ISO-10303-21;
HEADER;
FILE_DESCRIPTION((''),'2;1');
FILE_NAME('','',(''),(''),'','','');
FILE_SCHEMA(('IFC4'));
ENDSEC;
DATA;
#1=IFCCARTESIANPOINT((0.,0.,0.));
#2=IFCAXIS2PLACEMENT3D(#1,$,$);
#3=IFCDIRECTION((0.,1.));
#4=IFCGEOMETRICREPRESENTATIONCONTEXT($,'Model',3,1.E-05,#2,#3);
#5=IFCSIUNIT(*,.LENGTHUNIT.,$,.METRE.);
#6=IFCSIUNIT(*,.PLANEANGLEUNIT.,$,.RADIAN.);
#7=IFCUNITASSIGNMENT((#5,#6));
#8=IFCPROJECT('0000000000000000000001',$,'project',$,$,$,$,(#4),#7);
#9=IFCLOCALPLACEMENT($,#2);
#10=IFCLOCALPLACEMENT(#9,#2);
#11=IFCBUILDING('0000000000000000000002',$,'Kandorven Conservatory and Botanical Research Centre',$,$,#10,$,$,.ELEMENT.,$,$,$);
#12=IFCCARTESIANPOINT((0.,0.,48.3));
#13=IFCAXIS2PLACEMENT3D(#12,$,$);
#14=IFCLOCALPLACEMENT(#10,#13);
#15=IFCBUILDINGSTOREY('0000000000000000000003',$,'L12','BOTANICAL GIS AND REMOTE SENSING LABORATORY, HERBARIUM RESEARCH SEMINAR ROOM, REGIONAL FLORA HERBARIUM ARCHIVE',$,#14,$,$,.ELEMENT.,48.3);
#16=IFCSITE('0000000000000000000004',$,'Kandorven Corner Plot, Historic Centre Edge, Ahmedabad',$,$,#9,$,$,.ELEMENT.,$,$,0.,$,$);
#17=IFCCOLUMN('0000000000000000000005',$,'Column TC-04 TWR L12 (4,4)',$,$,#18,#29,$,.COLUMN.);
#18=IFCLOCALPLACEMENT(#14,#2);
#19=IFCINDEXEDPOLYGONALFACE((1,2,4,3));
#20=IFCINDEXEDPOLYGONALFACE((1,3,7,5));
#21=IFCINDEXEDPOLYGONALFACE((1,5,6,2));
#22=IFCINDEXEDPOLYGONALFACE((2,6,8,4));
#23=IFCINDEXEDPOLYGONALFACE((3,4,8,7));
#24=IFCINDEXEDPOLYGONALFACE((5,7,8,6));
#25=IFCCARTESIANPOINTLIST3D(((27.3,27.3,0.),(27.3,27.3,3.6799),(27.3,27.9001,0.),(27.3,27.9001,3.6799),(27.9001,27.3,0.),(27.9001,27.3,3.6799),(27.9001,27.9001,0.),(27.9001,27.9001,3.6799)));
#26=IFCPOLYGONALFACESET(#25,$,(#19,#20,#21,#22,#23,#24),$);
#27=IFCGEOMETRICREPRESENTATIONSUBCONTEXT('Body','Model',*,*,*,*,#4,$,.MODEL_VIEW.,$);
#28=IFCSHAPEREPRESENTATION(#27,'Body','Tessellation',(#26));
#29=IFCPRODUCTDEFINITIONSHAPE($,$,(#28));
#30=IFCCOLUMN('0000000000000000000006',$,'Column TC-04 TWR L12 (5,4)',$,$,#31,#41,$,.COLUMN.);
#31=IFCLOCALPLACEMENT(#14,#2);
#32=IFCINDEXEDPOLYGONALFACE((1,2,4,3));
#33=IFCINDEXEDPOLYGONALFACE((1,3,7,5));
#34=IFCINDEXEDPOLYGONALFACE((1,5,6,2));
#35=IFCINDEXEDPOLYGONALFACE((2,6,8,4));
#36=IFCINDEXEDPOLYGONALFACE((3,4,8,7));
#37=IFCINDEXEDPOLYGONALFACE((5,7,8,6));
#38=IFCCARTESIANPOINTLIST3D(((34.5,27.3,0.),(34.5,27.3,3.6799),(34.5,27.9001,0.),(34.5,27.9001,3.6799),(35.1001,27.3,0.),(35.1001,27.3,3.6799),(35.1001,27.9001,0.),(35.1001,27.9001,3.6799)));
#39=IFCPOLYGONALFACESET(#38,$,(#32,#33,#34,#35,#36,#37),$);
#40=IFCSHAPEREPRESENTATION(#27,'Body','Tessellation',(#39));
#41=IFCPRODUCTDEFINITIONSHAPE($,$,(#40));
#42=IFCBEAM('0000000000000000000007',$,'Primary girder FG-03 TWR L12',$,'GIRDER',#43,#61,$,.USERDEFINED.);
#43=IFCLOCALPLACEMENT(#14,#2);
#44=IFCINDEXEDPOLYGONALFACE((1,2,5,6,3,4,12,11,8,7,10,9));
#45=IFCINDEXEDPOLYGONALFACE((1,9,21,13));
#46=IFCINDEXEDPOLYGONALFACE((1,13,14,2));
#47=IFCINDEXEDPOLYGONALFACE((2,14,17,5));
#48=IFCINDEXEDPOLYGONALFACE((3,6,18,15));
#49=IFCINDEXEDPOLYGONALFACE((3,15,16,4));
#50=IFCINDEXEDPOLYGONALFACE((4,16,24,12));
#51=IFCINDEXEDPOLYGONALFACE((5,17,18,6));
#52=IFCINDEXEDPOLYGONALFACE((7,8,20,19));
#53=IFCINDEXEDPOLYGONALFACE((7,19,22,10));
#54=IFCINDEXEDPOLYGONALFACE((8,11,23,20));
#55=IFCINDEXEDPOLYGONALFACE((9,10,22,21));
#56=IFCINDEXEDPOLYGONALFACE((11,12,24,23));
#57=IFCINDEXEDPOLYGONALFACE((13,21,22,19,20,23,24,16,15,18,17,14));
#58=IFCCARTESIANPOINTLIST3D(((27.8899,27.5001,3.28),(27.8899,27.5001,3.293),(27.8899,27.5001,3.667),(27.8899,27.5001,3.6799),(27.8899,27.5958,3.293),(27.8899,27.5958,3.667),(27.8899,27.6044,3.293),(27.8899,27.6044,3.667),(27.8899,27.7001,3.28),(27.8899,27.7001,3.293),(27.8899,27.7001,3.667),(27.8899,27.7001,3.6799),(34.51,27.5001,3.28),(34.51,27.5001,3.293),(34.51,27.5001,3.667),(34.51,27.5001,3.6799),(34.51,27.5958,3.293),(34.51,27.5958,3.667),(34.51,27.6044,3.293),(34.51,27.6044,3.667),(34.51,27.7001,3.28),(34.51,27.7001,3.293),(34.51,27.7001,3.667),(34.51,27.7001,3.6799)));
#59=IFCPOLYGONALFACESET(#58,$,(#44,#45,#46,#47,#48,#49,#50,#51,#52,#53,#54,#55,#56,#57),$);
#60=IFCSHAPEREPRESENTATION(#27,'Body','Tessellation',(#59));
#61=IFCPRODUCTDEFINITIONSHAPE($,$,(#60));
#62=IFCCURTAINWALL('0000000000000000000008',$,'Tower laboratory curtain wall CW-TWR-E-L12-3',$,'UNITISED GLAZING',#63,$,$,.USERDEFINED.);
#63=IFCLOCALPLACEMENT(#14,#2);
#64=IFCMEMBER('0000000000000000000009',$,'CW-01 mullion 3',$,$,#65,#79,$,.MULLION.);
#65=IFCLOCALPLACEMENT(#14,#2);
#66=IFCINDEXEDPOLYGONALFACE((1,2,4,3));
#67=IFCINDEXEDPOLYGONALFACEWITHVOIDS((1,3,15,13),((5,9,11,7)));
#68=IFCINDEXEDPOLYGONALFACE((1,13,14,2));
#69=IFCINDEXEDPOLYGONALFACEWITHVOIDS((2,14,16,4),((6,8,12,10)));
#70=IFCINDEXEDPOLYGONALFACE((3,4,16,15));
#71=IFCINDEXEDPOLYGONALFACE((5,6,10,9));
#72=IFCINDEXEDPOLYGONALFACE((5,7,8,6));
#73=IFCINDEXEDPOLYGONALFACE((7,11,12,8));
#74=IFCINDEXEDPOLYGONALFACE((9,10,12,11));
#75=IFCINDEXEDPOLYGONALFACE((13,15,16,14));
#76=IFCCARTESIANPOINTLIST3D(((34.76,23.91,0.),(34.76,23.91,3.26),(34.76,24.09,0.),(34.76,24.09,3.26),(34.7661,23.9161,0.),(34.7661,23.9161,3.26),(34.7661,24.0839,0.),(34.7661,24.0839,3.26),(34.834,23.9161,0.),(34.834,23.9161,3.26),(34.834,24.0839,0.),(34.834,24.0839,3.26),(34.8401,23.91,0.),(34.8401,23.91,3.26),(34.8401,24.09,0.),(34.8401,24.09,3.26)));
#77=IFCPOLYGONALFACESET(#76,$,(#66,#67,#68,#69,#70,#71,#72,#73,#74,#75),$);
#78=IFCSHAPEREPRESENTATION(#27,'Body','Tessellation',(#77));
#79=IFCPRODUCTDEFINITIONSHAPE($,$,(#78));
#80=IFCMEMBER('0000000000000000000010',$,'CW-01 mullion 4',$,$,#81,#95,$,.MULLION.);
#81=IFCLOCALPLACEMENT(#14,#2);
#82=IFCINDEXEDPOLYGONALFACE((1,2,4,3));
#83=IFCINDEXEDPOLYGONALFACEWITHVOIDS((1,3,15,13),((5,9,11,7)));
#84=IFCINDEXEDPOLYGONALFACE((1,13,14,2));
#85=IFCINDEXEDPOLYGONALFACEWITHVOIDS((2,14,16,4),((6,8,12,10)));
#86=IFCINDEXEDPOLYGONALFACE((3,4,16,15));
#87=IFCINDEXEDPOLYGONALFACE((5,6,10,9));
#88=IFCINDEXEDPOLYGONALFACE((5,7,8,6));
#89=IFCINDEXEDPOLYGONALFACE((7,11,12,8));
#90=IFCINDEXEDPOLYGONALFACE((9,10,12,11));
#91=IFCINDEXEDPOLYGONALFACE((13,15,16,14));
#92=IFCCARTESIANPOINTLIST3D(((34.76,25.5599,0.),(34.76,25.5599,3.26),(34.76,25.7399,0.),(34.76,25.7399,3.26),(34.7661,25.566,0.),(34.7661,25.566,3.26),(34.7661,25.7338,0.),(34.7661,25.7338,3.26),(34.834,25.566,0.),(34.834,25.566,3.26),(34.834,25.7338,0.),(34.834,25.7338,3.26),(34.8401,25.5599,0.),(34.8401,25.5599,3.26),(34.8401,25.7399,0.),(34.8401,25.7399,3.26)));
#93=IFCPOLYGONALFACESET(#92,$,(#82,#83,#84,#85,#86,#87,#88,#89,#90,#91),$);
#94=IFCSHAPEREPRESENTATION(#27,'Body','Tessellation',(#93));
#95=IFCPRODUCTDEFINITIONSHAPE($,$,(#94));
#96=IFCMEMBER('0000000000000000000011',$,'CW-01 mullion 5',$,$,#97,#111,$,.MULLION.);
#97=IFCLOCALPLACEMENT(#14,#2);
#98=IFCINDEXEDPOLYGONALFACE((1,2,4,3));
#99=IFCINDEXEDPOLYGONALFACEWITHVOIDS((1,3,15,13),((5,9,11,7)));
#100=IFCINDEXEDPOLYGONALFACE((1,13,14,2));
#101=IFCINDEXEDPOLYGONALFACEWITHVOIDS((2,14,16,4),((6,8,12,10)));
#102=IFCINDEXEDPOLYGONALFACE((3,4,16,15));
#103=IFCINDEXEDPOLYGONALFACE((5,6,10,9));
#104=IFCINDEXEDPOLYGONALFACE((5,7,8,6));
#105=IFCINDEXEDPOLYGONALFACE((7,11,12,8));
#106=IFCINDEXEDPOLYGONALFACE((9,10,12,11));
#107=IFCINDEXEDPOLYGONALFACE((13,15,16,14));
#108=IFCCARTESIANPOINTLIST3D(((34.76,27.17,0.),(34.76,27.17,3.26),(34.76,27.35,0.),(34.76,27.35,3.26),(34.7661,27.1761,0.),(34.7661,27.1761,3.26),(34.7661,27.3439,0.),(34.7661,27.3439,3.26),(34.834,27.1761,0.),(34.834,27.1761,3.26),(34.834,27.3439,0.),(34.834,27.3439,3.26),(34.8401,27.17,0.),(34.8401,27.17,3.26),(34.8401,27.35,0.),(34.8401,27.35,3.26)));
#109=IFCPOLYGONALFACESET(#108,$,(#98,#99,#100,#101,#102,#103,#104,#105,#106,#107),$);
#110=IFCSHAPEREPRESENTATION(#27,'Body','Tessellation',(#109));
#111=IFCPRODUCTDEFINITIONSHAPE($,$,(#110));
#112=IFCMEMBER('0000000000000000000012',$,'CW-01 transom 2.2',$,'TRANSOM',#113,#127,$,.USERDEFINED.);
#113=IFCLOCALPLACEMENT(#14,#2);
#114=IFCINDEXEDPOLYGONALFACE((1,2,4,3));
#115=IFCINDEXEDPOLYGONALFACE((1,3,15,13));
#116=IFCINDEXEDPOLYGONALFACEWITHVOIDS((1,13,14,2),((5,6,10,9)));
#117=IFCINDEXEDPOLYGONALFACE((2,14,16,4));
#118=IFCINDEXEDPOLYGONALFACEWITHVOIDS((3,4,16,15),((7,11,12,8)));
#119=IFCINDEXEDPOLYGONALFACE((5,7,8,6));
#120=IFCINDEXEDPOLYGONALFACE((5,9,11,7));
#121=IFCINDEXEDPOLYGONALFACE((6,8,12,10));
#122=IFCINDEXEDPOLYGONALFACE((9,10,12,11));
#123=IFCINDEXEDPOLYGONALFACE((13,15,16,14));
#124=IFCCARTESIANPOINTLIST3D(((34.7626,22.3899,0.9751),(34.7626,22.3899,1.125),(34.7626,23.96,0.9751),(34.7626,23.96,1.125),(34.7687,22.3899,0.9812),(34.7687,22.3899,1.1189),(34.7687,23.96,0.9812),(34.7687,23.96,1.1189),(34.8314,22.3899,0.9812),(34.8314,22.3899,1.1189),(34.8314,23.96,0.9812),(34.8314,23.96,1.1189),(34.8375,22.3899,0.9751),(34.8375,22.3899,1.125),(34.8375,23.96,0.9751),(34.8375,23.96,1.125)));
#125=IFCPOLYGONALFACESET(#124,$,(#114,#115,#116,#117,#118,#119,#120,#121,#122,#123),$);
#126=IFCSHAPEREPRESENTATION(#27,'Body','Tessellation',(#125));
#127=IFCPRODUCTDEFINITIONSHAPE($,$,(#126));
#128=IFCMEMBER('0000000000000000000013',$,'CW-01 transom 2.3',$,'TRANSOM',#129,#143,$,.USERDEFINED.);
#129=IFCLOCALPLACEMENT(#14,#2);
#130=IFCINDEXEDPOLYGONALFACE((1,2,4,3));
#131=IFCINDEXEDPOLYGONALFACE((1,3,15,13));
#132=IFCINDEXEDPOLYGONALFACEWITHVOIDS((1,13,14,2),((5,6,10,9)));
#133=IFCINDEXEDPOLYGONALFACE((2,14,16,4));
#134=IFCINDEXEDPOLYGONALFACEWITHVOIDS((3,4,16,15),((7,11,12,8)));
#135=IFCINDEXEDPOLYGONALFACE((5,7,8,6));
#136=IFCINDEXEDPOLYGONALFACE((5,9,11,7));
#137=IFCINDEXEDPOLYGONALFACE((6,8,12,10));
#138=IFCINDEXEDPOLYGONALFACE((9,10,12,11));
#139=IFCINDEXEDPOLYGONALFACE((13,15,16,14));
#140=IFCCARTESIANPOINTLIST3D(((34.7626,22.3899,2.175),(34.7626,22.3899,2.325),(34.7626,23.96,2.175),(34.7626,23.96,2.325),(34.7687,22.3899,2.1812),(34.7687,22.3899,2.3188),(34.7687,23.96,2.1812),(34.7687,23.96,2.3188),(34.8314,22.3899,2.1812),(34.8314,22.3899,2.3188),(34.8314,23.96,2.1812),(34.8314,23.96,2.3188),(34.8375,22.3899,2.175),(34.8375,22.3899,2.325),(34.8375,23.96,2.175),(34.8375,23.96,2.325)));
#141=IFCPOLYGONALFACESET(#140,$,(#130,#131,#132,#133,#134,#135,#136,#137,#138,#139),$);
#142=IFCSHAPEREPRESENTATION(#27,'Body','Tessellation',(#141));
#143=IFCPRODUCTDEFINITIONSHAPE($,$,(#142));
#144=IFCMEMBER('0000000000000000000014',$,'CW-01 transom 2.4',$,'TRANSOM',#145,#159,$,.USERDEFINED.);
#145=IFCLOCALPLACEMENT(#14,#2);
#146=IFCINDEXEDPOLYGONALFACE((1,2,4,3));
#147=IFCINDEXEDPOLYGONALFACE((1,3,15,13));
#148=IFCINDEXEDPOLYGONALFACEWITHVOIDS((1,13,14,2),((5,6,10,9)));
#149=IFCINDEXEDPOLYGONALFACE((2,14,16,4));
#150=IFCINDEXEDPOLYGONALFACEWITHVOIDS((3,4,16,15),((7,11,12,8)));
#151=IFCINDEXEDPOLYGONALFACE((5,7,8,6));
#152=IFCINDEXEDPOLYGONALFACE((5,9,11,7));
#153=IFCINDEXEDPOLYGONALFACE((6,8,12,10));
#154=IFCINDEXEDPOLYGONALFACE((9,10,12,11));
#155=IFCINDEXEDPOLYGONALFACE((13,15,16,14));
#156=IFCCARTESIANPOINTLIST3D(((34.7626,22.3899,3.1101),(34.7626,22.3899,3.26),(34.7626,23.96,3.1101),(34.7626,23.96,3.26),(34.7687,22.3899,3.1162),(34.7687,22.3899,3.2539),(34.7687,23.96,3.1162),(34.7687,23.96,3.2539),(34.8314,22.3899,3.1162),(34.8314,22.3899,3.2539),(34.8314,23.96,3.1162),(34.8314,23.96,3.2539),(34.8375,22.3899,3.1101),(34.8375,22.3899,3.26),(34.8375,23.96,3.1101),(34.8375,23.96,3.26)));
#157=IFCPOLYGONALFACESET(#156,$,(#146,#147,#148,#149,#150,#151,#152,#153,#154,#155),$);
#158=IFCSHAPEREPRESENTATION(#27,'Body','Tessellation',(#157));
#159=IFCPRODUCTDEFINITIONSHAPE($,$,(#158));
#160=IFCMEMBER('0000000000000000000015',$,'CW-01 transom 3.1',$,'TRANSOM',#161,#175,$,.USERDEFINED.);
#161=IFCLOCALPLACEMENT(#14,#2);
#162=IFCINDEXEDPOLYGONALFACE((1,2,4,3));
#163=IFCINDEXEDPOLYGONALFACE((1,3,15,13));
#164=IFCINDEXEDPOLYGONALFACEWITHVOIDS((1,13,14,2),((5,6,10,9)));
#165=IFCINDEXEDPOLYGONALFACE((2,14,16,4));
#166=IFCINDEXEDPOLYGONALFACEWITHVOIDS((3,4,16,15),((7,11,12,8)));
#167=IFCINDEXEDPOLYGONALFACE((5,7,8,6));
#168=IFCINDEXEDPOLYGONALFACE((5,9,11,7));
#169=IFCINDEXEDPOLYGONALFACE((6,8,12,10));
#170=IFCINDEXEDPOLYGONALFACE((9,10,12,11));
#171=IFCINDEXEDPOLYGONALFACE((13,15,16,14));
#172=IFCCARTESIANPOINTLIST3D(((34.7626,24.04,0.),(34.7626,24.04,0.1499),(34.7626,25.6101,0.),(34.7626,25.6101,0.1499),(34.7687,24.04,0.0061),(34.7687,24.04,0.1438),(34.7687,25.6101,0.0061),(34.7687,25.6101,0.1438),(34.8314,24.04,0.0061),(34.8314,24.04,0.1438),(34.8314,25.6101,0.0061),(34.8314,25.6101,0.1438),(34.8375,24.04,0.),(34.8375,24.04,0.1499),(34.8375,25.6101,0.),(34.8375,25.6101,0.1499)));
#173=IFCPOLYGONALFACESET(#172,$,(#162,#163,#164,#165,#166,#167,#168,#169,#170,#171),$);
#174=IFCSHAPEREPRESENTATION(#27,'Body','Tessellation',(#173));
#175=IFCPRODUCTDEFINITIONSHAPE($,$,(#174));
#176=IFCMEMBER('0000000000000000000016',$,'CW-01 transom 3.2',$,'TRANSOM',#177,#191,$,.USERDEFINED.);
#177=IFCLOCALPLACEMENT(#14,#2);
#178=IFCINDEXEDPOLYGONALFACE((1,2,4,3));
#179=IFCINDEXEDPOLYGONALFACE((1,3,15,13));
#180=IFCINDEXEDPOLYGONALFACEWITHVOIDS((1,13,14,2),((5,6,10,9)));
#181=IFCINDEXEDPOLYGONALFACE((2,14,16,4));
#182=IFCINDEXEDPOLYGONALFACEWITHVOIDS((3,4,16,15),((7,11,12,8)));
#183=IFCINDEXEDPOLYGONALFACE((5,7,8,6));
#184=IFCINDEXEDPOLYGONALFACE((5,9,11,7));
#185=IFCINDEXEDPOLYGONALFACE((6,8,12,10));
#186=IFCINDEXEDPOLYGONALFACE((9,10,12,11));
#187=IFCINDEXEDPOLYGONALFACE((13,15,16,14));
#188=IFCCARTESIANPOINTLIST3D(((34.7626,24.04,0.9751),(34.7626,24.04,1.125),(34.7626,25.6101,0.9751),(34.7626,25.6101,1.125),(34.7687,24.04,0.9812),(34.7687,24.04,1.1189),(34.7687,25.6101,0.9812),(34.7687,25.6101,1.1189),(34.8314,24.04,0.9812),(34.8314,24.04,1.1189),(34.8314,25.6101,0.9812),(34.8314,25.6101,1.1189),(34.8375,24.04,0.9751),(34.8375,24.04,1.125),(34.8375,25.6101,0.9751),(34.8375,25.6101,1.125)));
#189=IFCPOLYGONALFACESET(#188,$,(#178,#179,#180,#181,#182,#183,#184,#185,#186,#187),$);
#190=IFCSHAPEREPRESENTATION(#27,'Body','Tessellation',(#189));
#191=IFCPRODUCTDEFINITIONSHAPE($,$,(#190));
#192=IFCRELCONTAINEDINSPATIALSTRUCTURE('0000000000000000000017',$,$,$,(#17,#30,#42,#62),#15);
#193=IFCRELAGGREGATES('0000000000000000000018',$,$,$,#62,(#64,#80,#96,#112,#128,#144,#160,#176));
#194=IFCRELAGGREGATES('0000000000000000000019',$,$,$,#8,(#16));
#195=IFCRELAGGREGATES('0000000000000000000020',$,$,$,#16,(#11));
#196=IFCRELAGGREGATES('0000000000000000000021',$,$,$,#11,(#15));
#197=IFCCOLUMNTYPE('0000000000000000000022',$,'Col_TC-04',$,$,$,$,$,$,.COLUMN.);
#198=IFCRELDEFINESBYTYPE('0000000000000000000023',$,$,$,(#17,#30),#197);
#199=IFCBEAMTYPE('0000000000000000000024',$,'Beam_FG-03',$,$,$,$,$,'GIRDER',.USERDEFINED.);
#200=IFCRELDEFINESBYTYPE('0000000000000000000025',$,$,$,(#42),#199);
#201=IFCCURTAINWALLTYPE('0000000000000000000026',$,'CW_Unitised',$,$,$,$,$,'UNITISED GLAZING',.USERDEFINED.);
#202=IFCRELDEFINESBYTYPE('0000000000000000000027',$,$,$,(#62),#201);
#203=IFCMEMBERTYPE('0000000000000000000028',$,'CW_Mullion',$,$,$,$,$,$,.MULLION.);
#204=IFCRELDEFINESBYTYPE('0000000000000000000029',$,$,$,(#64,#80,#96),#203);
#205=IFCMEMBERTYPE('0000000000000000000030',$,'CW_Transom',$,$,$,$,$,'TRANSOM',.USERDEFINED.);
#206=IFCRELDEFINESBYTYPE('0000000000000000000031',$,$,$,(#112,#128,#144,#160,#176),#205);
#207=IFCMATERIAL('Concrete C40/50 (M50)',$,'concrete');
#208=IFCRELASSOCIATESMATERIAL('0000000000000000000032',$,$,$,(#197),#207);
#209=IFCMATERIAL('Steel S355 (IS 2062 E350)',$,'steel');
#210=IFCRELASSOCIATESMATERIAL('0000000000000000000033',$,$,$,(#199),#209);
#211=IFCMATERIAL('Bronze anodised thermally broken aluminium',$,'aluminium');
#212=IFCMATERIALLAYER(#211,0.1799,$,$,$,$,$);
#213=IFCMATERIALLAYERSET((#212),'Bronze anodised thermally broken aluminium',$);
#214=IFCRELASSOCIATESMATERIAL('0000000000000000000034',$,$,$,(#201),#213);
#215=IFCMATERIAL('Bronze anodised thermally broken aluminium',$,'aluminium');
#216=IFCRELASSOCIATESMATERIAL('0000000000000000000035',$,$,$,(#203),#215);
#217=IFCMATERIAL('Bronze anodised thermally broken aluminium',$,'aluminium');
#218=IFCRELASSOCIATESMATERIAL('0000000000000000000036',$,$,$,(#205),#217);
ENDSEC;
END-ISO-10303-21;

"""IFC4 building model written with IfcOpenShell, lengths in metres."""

from ifc_helpers import new_model, si_unit, direction, frame, origin, origin_2d, place, context, subcontext, project, spatial, rectangle, hollow_rectangle, i_section, extrude, material, layer, layer_set, material_profile, profile_set, type_object, element, aggregate, save


model = new_model("IFC4")

# Units and contexts
model_context = context("Model", 3, precision=1e-05, world=origin(), true_north=direction((0.0, 1.0)))
body_context = subcontext(model_context, "Body", "Model", "MODEL_VIEW")
ifc_project = project(units=[si_unit("LENGTHUNIT", "METRE"), si_unit("PLANEANGLEUNIT", "RADIAN")], contexts=[model_context])

# Site, building, storey
site_placement = place(None, origin())
site = spatial("IfcSite", under=ifc_project, at=site_placement, Name="Kandorven Corner Plot, Historic Centre Edge, Ahmedabad", CompositionType="ELEMENT", RefElevation=0.0)
building_placement = place(site_placement, origin())
building = spatial("IfcBuilding", under=site, at=building_placement, Name="Kandorven Conservatory and Botanical Research Centre", CompositionType="ELEMENT")
storey_placement = place(building_placement, frame((0.0, 0.0, 48.3)))
storey = spatial("IfcBuildingStorey", under=building, at=storey_placement, Name="L12", Description="BOTANICAL GIS AND REMOTE SENSING LABORATORY, HERBARIUM RESEARCH SEMINAR ROOM, REGIONAL FLORA HERBARIUM ARCHIVE", CompositionType="ELEMENT", Elevation=48.3)

# Columns
ifc_material_1 = material(Name="Concrete C40/50 (M50)", Category="concrete")
ifc_material_profile_1 = material_profile(ifc_material_1, rectangle(XDim=0.6001, YDim=0.6001, at=origin_2d()))
ifc_profile_set_1 = profile_set([ifc_material_profile_1], Name="Concrete C40/50 (M50)")
column_type = type_object("IfcColumnType", Name="Col_TC-04", PredefinedType="COLUMN", material=ifc_profile_set_1)
for number, where, z_axis, x_axis, name in (
    (1, (27.6001, 27.6001, 0.0), (0.0, 0.0, 1.0), (1.0, 0.0, 0.0), "Column TC-04 TWR L12 (4,4)"),
    (2, (34.8, 27.6001, 0.0), (0.0, 0.0, 1.0), (1.0, 0.0, 0.0), "Column TC-04 TWR L12 (5,4)"),
):
    element("IfcColumn", number, at=place(storey_placement, frame(where, z_axis=z_axis, x_axis=x_axis)), inside=storey, type_object=column_type, Name=name, PredefinedType="COLUMN", context=body_context, shape_type="SweptSolid", body=[
        extrude(rectangle(XDim=0.6001, YDim=0.6001, at=origin_2d()), origin(), (0.0, 0.0, 1.0), 3.6799),
    ])

# Beam
ifc_material_2 = material(Name="Steel S355 (IS 2062 E350)", Category="steel")
ifc_material_profile_2 = material_profile(ifc_material_2, i_section(OverallWidth=0.2, OverallDepth=0.3999, WebThickness=0.0085, FlangeThickness=0.0129, at=origin_2d()))
ifc_profile_set_2 = profile_set([ifc_material_profile_2], Name="Steel S355 (IS 2062 E350)")
beam_type = type_object("IfcBeamType", Name="Beam_FG-03", ElementType="GIRDER", PredefinedType="USERDEFINED", material=ifc_profile_set_2)
beam_placement = place(storey_placement, frame((27.8899, 27.6001, 3.48), z_axis=(1.0, 0.0, 0.0), x_axis=(0.0, 1.0, 0.0)))
element("IfcBeam", 3, at=beam_placement, inside=storey, type_object=beam_type, Name="Primary girder FG-03 TWR L12", ObjectType="GIRDER", PredefinedType="USERDEFINED", context=body_context, shape_type="SweptSolid", body=[
    extrude(i_section(OverallWidth=0.2, OverallDepth=0.3999, WebThickness=0.0085, FlangeThickness=0.0129, at=origin_2d()), origin(), (0.0, 0.0, 1.0), 6.6201),
])

# Curtain wall, members
ifc_material_3 = material(Name="Bronze anodised thermally broken aluminium", Category="aluminium")
ifc_layer_1 = layer(ifc_material_3, 0.1799)
ifc_layer_set_1 = layer_set([ifc_layer_1], Name="Bronze anodised thermally broken aluminium")
curtain_wall_type = type_object("IfcCurtainWallType", Name="CW_Unitised", ElementType="UNITISED GLAZING", PredefinedType="USERDEFINED", material=ifc_layer_set_1)
curtain_wall_placement = place(storey_placement, origin())
curtain_wall = element("IfcCurtainWall", 4, at=curtain_wall_placement, inside=storey, type_object=curtain_wall_type, Name="Tower laboratory curtain wall CW-TWR-E-L12-3", ObjectType="UNITISED GLAZING", PredefinedType="USERDEFINED")
ifc_material_4 = material(Name="Bronze anodised thermally broken aluminium", Category="aluminium")
ifc_material_profile_3 = material_profile(ifc_material_4, hollow_rectangle(XDim=0.0801, YDim=0.1799, WallThickness=0.0061, at=origin_2d()))
ifc_profile_set_3 = profile_set([ifc_material_profile_3], Name="Bronze anodised thermally broken aluminium")
member_type_1 = type_object("IfcMemberType", Name="CW_Mullion", PredefinedType="MULLION", material=ifc_profile_set_3)
member_1_placement = place(storey_placement, frame((34.8, 24.0, 0.0), z_axis=(0.0, 0.0, 1.0), x_axis=(-1.0, 0.0, 0.0)))
member_1 = element("IfcMember", 5, at=member_1_placement, type_object=member_type_1, Name="CW-01 mullion 3", PredefinedType="MULLION", context=body_context, shape_type="SweptSolid", body=[
    extrude(hollow_rectangle(XDim=0.0801, YDim=0.1799, WallThickness=0.0061, at=origin_2d()), origin(), (0.0, 0.0, 1.0), 3.26),
])
member_2_placement = place(storey_placement, frame((34.8, 25.6499, 0.0), z_axis=(0.0, 0.0, 1.0), x_axis=(-1.0, 0.0, 0.0)))
member_2 = element("IfcMember", 6, at=member_2_placement, type_object=member_type_1, Name="CW-01 mullion 4", PredefinedType="MULLION", context=body_context, shape_type="SweptSolid", body=[
    extrude(hollow_rectangle(XDim=0.0801, YDim=0.1799, WallThickness=0.0061, at=origin_2d()), origin(), (0.0, 0.0, 1.0), 3.26),
])
member_3_placement = place(storey_placement, frame((34.8, 27.26, 0.0), z_axis=(0.0, 0.0, 1.0), x_axis=(-1.0, 0.0, 0.0)))
member_3 = element("IfcMember", 7, at=member_3_placement, type_object=member_type_1, Name="CW-01 mullion 5", PredefinedType="MULLION", context=body_context, shape_type="SweptSolid", body=[
    extrude(hollow_rectangle(XDim=0.0801, YDim=0.1799, WallThickness=0.0061, at=origin_2d()), origin(), (0.0, 0.0, 1.0), 3.26),
])
ifc_material_5 = material(Name="Bronze anodised thermally broken aluminium", Category="aluminium")
ifc_material_profile_4 = material_profile(ifc_material_5, hollow_rectangle(XDim=0.075, YDim=0.1499, WallThickness=0.0061, at=origin_2d()))
ifc_profile_set_4 = profile_set([ifc_material_profile_4], Name="Bronze anodised thermally broken aluminium")
member_type_2 = type_object("IfcMemberType", Name="CW_Transom", ElementType="TRANSOM", PredefinedType="USERDEFINED", material=ifc_profile_set_4)
member_4_placement = place(storey_placement, frame((34.8, 22.3899, 1.05), z_axis=(0.0, 1.0, 0.0), x_axis=(-1.0, 0.0, 0.0)))
member_4 = element("IfcMember", 8, at=member_4_placement, type_object=member_type_2, Name="CW-01 transom 2.2", ObjectType="TRANSOM", PredefinedType="USERDEFINED", context=body_context, shape_type="SweptSolid", body=[
    extrude(hollow_rectangle(XDim=0.075, YDim=0.1499, WallThickness=0.0061, at=origin_2d()), origin(), (0.0, 0.0, 1.0), 1.5701),
])
member_5_placement = place(storey_placement, frame((34.8, 22.3899, 2.25), z_axis=(0.0, 1.0, 0.0), x_axis=(-1.0, 0.0, 0.0)))
member_5 = element("IfcMember", 9, at=member_5_placement, type_object=member_type_2, Name="CW-01 transom 2.3", ObjectType="TRANSOM", PredefinedType="USERDEFINED", context=body_context, shape_type="SweptSolid", body=[
    extrude(hollow_rectangle(XDim=0.075, YDim=0.1499, WallThickness=0.0061, at=origin_2d()), origin(), (0.0, 0.0, 1.0), 1.5701),
])
member_6_placement = place(storey_placement, frame((34.8, 22.3899, 3.1851), z_axis=(0.0, 1.0, 0.0), x_axis=(-1.0, 0.0, 0.0)))
member_6 = element("IfcMember", 10, at=member_6_placement, type_object=member_type_2, Name="CW-01 transom 2.4", ObjectType="TRANSOM", PredefinedType="USERDEFINED", context=body_context, shape_type="SweptSolid", body=[
    extrude(hollow_rectangle(XDim=0.075, YDim=0.1499, WallThickness=0.0061, at=origin_2d()), origin(), (0.0, 0.0, 1.0), 1.5701),
])
member_7_placement = place(storey_placement, frame((34.8, 24.04, 0.075), z_axis=(0.0, 1.0, 0.0), x_axis=(-1.0, 0.0, 0.0)))
member_7 = element("IfcMember", 11, at=member_7_placement, type_object=member_type_2, Name="CW-01 transom 3.1", ObjectType="TRANSOM", PredefinedType="USERDEFINED", context=body_context, shape_type="SweptSolid", body=[
    extrude(hollow_rectangle(XDim=0.075, YDim=0.1499, WallThickness=0.0061, at=origin_2d()), origin(), (0.0, 0.0, 1.0), 1.5701),
])
member_8_placement = place(storey_placement, frame((34.8, 24.04, 1.05), z_axis=(0.0, 1.0, 0.0), x_axis=(-1.0, 0.0, 0.0)))
member_8 = element("IfcMember", 12, at=member_8_placement, type_object=member_type_2, Name="CW-01 transom 3.2", ObjectType="TRANSOM", PredefinedType="USERDEFINED", context=body_context, shape_type="SweptSolid", body=[
    extrude(hollow_rectangle(XDim=0.075, YDim=0.1499, WallThickness=0.0061, at=origin_2d()), origin(), (0.0, 0.0, 1.0), 1.5701),
])
aggregate(curtain_wall, [member_1, member_2, member_3, member_4, member_5, member_6, member_7, member_8])

save(model, "model.ifc")
